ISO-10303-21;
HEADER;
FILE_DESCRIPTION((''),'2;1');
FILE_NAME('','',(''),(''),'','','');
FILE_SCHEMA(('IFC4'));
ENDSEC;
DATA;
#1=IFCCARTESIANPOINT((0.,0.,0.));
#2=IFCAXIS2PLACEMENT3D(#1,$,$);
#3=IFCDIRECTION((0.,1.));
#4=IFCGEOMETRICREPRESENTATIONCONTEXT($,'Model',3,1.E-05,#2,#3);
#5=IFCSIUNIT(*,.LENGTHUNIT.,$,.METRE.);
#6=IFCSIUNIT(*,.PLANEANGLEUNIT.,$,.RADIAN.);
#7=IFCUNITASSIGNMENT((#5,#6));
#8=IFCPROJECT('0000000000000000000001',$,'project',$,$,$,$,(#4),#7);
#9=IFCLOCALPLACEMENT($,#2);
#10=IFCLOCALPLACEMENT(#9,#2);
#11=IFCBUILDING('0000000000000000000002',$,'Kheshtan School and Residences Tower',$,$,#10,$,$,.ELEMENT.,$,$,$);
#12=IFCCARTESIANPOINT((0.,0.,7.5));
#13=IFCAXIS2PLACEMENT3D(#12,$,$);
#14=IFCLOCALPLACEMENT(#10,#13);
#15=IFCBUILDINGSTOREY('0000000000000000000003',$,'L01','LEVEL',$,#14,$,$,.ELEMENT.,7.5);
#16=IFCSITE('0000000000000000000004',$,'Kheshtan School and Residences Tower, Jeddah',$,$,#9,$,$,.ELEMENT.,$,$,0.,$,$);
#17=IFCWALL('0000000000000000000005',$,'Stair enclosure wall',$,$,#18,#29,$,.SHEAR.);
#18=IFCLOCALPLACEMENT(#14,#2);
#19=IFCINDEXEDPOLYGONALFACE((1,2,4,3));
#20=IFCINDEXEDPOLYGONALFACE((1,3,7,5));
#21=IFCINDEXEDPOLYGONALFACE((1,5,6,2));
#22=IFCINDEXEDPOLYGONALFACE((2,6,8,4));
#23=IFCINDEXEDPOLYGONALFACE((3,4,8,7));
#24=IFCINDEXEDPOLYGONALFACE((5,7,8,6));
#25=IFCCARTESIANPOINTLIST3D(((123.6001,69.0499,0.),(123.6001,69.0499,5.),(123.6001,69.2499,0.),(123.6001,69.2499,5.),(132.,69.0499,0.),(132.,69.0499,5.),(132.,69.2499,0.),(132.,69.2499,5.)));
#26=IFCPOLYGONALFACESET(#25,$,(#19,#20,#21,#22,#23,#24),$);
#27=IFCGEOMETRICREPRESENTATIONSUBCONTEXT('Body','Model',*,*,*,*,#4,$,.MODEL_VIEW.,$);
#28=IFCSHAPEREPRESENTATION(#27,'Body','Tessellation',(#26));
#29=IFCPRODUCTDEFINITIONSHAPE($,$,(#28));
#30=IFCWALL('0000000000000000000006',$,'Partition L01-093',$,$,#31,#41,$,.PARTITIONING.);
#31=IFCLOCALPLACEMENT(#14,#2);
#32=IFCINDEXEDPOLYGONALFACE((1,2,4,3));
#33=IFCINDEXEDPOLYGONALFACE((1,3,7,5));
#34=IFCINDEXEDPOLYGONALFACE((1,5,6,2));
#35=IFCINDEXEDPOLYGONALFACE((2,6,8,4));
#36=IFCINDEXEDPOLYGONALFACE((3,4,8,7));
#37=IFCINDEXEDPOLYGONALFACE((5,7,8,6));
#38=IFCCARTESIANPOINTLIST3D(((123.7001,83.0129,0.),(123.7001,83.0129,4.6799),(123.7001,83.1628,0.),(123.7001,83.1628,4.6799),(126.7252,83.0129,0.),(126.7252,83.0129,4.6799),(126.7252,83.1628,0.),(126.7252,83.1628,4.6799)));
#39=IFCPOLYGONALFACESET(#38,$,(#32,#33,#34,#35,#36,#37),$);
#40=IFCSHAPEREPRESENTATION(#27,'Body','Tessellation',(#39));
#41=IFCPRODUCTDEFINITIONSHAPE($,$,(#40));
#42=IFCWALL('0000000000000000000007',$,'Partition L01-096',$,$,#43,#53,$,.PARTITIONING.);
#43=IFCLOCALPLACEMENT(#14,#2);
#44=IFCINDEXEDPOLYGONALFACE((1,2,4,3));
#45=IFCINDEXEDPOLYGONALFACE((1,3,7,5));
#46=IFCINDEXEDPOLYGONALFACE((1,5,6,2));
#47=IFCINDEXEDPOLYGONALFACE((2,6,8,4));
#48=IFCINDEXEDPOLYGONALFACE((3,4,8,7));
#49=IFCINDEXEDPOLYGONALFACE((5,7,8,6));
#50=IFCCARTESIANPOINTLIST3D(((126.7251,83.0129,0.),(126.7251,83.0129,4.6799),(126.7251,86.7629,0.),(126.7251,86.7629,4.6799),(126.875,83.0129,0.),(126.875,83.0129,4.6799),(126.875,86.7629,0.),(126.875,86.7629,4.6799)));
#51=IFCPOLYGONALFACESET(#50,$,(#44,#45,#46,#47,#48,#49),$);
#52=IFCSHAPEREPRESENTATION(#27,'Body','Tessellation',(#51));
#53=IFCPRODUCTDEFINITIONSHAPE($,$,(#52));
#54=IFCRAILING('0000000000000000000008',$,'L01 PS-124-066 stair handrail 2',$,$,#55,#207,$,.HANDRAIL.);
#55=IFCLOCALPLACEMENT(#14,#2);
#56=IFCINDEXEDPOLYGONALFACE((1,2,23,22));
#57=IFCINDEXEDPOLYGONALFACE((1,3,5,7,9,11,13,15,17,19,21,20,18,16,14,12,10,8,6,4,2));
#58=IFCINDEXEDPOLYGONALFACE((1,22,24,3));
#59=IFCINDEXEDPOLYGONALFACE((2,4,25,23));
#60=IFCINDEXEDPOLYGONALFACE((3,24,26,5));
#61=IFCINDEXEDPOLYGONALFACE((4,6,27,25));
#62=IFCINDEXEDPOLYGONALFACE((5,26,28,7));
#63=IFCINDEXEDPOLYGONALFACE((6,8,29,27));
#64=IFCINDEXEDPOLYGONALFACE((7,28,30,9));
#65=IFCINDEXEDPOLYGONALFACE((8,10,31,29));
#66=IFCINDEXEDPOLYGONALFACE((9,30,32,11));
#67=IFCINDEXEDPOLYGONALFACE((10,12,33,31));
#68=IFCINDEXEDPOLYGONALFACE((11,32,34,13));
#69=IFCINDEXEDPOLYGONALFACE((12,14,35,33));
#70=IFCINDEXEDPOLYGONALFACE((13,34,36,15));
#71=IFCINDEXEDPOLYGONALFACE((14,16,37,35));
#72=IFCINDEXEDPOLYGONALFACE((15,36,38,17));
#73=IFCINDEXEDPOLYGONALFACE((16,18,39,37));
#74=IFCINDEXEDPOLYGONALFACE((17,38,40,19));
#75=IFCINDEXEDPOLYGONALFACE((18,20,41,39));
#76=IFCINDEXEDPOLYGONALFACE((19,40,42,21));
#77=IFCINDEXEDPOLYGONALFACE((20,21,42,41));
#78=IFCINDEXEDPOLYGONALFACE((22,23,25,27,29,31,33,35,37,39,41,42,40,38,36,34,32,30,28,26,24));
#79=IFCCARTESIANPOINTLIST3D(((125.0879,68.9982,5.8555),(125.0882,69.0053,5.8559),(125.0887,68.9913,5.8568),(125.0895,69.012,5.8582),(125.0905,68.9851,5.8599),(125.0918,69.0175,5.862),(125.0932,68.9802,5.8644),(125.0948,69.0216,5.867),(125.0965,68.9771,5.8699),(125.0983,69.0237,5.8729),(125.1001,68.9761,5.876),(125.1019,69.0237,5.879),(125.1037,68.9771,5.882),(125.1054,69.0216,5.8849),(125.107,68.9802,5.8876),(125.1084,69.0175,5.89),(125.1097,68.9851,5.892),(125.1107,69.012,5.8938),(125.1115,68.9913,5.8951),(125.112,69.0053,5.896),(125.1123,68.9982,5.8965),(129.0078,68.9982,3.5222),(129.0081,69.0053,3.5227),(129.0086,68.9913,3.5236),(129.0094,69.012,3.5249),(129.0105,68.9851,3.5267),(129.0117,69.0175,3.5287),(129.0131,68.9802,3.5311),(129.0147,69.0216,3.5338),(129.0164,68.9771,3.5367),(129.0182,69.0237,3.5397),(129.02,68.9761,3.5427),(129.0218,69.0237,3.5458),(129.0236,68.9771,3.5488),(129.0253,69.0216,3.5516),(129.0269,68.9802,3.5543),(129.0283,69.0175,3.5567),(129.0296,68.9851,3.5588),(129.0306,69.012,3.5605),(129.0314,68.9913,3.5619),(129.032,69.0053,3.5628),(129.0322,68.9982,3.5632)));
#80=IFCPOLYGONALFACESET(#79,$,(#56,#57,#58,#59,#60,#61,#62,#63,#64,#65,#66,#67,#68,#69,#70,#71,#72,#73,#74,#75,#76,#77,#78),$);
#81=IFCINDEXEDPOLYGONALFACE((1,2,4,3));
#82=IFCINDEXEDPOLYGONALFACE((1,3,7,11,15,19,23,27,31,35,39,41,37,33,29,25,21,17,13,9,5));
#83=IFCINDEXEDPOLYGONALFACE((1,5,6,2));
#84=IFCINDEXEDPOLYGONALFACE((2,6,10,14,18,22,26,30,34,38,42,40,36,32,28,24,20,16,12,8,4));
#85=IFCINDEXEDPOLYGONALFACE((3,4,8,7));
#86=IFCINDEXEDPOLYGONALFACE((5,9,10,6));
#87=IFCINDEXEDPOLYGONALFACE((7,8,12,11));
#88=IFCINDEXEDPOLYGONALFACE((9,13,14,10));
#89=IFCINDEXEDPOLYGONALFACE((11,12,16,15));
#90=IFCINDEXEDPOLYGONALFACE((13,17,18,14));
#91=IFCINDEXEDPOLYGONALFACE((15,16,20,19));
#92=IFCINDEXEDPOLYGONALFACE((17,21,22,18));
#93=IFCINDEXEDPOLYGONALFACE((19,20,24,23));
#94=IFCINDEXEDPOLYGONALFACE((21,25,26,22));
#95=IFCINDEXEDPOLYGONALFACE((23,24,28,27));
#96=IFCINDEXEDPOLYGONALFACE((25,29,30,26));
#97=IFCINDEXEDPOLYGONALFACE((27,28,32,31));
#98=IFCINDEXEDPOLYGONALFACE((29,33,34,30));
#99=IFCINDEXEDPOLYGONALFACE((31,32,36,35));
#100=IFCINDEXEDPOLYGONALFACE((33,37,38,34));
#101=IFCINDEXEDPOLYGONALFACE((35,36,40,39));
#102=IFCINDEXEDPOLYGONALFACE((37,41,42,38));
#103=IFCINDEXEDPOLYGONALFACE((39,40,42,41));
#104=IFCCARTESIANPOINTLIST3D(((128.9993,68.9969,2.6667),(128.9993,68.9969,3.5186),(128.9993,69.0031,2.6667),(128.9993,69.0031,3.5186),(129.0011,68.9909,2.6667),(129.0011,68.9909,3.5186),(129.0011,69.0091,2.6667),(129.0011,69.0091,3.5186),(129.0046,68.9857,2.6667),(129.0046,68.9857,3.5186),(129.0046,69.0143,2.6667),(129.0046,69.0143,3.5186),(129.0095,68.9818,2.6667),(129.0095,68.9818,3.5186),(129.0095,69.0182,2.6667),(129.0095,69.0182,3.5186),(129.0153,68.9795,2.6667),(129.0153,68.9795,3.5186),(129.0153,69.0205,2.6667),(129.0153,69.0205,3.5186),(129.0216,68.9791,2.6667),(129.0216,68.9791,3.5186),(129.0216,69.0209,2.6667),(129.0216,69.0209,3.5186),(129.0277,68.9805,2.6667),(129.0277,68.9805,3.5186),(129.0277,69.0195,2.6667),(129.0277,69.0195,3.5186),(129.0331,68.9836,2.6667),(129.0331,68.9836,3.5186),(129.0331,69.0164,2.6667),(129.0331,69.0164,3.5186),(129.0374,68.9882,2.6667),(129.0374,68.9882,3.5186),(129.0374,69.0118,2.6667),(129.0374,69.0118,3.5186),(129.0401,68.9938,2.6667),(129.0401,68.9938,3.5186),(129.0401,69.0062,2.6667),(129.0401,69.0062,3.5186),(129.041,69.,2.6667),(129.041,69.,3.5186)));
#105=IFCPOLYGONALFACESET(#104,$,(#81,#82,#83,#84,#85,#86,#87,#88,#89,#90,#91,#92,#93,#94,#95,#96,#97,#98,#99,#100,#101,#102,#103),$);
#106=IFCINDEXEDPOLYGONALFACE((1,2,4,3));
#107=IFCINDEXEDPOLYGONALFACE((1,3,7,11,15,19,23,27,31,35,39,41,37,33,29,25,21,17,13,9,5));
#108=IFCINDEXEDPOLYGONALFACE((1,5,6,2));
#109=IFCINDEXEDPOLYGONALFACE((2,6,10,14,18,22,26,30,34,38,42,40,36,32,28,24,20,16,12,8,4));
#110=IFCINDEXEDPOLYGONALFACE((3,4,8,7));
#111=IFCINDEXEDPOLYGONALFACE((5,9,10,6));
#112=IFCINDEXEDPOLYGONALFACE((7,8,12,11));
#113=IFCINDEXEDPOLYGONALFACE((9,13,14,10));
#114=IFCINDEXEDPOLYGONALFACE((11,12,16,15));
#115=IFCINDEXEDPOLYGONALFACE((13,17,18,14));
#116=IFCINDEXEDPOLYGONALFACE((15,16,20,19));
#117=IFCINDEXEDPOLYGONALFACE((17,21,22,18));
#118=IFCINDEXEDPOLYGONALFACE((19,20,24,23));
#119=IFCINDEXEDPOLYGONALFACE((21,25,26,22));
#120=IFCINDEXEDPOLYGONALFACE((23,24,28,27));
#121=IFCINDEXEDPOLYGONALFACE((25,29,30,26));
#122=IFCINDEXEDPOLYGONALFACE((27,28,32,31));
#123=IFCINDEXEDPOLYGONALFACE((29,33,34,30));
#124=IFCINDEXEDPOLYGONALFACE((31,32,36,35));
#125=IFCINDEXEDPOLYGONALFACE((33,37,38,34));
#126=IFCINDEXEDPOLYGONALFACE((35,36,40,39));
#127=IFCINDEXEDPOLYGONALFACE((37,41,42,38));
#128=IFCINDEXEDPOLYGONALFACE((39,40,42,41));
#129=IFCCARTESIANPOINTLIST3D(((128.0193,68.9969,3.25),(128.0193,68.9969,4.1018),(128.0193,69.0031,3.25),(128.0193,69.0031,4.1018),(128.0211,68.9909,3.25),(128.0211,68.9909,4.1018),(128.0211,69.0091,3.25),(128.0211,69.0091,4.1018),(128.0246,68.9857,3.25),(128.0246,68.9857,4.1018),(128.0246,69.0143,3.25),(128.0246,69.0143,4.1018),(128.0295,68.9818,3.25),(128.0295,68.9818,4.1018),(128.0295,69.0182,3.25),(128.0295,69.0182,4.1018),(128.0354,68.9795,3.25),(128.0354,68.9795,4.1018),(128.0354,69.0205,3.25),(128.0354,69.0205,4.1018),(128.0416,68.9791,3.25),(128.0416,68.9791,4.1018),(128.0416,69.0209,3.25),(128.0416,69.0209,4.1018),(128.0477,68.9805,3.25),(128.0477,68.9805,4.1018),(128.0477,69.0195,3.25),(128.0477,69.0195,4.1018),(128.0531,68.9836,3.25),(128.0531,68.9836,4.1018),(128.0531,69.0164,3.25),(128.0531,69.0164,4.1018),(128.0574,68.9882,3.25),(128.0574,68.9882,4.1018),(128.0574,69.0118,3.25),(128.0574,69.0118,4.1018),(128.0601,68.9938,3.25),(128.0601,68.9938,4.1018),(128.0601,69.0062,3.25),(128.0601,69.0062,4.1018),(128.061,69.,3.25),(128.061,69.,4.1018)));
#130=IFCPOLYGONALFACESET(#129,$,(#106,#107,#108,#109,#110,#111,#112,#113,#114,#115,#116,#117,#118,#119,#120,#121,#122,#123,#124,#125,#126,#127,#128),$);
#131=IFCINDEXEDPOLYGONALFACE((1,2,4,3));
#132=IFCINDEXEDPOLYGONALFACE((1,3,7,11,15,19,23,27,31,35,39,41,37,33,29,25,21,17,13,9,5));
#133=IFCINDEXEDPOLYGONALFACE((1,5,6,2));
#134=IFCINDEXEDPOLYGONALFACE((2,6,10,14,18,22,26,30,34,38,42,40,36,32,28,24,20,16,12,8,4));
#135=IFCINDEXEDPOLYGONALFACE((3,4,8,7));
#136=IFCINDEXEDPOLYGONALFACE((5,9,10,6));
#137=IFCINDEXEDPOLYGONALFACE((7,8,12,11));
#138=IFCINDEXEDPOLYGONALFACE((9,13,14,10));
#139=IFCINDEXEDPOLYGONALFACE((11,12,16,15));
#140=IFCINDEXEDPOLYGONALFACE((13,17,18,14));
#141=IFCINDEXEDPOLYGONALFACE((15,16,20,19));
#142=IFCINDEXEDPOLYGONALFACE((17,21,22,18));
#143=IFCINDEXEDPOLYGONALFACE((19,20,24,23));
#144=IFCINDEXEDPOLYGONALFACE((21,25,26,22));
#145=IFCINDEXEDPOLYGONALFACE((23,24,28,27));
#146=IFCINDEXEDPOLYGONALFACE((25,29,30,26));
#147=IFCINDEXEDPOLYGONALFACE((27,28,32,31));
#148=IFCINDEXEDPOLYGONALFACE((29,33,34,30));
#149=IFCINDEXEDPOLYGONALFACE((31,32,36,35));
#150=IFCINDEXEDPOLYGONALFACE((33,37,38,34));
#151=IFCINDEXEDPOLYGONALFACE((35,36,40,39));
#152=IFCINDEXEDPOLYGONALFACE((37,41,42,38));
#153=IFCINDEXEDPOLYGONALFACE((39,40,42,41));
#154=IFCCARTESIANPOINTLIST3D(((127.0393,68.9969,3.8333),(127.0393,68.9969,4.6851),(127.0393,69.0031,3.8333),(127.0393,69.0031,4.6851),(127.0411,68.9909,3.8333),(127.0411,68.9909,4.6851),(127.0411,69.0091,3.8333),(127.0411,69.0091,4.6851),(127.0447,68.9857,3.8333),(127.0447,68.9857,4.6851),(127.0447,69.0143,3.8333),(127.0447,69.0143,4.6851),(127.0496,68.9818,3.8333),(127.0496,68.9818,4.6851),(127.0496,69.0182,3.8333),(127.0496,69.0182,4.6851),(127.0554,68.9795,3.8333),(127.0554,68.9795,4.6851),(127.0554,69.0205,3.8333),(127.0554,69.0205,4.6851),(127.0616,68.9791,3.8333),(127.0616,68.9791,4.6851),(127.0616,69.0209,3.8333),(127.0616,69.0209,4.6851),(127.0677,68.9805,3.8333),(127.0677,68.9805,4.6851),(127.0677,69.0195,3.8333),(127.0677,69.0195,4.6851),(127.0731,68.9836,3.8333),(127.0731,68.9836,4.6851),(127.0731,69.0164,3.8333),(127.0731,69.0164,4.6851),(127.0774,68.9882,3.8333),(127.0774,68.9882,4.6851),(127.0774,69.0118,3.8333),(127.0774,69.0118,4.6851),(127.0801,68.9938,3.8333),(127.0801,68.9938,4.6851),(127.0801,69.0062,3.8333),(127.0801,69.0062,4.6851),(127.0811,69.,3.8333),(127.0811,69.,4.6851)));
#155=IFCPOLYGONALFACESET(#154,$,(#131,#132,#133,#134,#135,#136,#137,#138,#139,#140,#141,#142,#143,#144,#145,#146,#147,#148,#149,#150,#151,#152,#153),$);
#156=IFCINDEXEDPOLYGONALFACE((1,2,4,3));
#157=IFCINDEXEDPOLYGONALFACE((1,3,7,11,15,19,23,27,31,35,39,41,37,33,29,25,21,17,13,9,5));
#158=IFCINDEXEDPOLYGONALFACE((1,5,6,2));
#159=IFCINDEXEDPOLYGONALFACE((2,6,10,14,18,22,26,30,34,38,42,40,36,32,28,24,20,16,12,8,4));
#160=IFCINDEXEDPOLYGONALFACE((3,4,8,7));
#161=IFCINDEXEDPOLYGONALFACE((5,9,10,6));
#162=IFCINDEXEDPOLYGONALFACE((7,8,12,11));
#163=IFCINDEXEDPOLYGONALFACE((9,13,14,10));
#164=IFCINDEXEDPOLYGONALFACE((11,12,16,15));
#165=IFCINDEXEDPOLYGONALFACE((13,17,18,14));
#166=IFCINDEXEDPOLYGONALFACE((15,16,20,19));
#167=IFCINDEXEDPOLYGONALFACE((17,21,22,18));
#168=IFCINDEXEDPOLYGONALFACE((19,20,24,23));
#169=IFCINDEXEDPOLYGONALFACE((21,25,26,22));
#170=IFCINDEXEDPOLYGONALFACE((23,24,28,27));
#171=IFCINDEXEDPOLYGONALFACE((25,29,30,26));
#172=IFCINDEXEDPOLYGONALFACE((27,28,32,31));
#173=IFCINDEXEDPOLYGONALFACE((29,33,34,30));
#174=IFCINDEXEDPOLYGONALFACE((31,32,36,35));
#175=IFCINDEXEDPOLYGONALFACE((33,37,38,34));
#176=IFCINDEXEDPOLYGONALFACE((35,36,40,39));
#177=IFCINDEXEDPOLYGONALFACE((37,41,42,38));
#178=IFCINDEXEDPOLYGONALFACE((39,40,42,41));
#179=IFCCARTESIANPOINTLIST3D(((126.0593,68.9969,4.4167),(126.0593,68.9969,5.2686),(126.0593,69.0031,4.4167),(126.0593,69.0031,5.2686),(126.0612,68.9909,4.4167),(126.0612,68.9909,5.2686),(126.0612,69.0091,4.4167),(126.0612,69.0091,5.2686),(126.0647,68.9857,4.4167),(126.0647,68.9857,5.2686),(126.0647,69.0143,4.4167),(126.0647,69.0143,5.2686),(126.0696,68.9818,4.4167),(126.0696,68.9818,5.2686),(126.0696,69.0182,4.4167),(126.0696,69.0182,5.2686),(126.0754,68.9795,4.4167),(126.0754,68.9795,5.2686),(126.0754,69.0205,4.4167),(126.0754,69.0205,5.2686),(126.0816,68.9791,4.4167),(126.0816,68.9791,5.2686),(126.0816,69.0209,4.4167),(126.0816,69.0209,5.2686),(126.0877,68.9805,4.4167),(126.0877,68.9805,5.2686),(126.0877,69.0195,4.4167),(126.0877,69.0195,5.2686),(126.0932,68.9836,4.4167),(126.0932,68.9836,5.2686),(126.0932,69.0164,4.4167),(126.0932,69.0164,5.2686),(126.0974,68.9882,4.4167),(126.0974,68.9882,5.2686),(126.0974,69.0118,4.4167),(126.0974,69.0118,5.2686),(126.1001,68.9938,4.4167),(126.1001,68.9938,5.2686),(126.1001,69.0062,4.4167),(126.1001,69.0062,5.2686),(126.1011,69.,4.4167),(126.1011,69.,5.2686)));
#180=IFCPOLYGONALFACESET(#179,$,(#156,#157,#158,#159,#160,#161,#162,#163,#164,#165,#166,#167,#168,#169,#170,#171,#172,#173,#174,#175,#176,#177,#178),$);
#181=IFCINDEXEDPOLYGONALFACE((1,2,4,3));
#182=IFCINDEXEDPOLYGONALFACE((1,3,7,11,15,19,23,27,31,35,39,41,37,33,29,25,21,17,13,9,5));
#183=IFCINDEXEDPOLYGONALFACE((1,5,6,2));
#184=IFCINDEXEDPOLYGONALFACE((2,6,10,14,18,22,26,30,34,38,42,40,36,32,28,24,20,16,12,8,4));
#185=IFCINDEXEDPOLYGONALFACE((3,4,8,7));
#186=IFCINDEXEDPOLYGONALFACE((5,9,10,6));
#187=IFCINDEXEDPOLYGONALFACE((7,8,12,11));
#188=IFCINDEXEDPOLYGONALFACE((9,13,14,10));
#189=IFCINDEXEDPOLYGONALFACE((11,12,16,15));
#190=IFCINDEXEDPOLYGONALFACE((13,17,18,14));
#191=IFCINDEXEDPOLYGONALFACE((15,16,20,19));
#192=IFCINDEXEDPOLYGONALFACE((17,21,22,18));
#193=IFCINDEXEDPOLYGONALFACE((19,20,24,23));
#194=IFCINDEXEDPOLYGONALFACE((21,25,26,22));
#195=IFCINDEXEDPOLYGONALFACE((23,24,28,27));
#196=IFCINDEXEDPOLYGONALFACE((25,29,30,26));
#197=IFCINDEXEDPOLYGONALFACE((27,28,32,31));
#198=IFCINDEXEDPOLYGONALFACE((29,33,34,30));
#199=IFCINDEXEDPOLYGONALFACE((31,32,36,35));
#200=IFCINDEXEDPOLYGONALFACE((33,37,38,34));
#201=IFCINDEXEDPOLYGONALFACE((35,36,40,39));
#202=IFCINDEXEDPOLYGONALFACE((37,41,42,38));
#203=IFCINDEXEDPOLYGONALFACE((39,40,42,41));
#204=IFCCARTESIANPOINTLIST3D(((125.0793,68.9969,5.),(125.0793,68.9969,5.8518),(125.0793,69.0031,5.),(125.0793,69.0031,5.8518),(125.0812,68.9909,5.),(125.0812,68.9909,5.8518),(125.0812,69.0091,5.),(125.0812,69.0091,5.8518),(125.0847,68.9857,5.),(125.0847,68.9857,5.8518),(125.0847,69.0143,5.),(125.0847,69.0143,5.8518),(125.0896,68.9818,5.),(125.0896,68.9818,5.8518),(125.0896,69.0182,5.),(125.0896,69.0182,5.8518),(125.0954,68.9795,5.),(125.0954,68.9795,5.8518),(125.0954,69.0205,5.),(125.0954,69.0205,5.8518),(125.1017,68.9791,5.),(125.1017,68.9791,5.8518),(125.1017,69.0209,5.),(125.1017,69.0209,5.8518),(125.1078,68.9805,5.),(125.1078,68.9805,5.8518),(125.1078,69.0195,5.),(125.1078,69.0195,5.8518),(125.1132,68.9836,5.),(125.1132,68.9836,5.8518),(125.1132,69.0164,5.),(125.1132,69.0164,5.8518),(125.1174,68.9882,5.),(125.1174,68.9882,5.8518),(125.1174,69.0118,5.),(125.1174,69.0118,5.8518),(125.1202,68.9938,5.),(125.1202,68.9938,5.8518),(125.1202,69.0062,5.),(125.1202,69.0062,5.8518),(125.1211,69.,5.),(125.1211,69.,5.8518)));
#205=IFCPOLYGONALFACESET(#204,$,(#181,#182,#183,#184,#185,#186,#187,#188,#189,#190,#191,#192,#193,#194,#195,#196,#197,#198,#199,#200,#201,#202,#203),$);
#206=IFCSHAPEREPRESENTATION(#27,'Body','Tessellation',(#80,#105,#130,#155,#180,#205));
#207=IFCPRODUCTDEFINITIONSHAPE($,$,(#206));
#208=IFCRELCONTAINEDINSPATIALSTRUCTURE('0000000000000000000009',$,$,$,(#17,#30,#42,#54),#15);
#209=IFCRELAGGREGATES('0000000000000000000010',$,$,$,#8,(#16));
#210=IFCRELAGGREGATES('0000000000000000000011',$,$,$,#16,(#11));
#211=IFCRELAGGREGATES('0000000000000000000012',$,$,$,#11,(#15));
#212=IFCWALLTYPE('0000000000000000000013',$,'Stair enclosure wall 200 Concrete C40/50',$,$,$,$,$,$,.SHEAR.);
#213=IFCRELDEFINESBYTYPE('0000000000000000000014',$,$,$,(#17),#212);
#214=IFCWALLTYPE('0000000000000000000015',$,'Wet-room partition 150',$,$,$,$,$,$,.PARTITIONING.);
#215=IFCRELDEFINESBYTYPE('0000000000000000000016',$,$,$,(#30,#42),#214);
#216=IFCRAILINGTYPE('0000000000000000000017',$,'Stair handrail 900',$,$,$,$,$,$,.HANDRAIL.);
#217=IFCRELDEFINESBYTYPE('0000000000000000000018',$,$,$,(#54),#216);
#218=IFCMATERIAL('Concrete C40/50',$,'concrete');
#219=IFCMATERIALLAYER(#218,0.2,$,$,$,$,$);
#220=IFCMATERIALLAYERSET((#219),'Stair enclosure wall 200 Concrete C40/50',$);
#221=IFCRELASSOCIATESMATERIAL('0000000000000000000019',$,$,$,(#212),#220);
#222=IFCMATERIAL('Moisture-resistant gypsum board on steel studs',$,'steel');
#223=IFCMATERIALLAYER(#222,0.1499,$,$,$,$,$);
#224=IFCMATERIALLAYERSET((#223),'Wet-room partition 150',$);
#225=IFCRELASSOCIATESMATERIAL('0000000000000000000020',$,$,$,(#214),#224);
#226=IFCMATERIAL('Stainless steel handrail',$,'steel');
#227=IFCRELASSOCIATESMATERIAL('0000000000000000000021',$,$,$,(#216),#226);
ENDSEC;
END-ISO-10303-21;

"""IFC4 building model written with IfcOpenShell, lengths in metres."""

from ifc_helpers import new_model, si_unit, direction, frame, frame_2d, origin, origin_2d, place, context, subcontext, project, spatial, rectangle, circle, extrude, material, layer, layer_set, type_object, element, save


model = new_model("IFC4")

# Units and contexts
model_context = context("Model", 3, precision=1e-05, world=origin(), true_north=direction((0.0, 1.0)))
body_context = subcontext(model_context, "Body", "Model", "MODEL_VIEW")
ifc_project = project(units=[si_unit("LENGTHUNIT", "METRE"), si_unit("PLANEANGLEUNIT", "RADIAN")], contexts=[model_context])

# Site, building, storey
site_placement = place(None, origin())
site = spatial("IfcSite", under=ifc_project, at=site_placement, Name="Kheshtan School and Residences Tower, Jeddah", CompositionType="ELEMENT", RefElevation=0.0)
building_placement = place(site_placement, origin())
building = spatial("IfcBuilding", under=site, at=building_placement, Name="Kheshtan School and Residences Tower", CompositionType="ELEMENT")
storey_placement = place(building_placement, frame((0.0, 0.0, 7.5)))
storey = spatial("IfcBuildingStorey", under=building, at=storey_placement, Name="L01", Description="LEVEL", CompositionType="ELEMENT", Elevation=7.5)

# Walls
ifc_material_1 = material(Name="Concrete C40/50", Category="concrete")
ifc_layer_1 = layer(ifc_material_1, 0.2)
ifc_layer_set_1 = layer_set([ifc_layer_1], Name="Stair enclosure wall 200 Concrete C40/50")
wall_type_1 = type_object("IfcWallType", Name="Stair enclosure wall 200 Concrete C40/50", PredefinedType="SHEAR", material=ifc_layer_set_1)
wall_1_placement = place(storey_placement, frame((123.6001, 69.1499, 0.0), z_axis=(0.0, 0.0, 1.0), x_axis=(1.0, 0.0, 0.0)))
element("IfcWall", 1, at=wall_1_placement, inside=storey, type_object=wall_type_1, Name="Stair enclosure wall", PredefinedType="SHEAR", context=body_context, shape_type="SweptSolid", body=[
    extrude(rectangle(XDim=8.3999, YDim=0.2, at=frame_2d((4.2, 0.0))), origin(), (0.0, 0.0, 1.0), 5.0),
])
ifc_material_2 = material(Name="Moisture-resistant gypsum board on steel studs", Category="steel")
ifc_layer_2 = layer(ifc_material_2, 0.1499)
ifc_layer_set_2 = layer_set([ifc_layer_2], Name="Wet-room partition 150")
wall_type_2 = type_object("IfcWallType", Name="Wet-room partition 150", PredefinedType="PARTITIONING", material=ifc_layer_set_2)
wall_2_placement = place(storey_placement, frame((123.7, 83.0879, 0.0), z_axis=(0.0, 0.0, 1.0), x_axis=(1.0, 0.0, 0.0)))
element("IfcWall", 2, at=wall_2_placement, inside=storey, type_object=wall_type_2, Name="Partition L01-093", PredefinedType="PARTITIONING", context=body_context, shape_type="SweptSolid", body=[
    extrude(rectangle(XDim=3.0251, YDim=0.1499, at=frame_2d((1.5127, 0.0))), origin(), (0.0, 0.0, 1.0), 4.6799),
])
wall_3_placement = place(storey_placement, frame((126.8, 83.0129, 0.0), z_axis=(0.0, 0.0, 1.0), x_axis=(0.0, 1.0, 0.0)))
element("IfcWall", 3, at=wall_3_placement, inside=storey, type_object=wall_type_2, Name="Partition L01-096", PredefinedType="PARTITIONING", context=body_context, shape_type="SweptSolid", body=[
    extrude(rectangle(XDim=3.75, YDim=0.1499, at=frame_2d((1.875, 0.0))), origin(), (0.0, 0.0, 1.0), 4.6799),
])

# Railing
ifc_material_3 = material(Name="Stainless steel handrail", Category="steel")
railing_type = type_object("IfcRailingType", Name="Stair handrail 900", PredefinedType="HANDRAIL", material=ifc_material_3)
railing_placement = place(storey_placement, frame((129.02, 69.0, 2.6667)))
element("IfcRailing", 4, at=railing_placement, inside=storey, type_object=railing_type, Name="L01 PS-124-066 stair handrail 2", PredefinedType="HANDRAIL", context=body_context, shape_type="SweptSolid", body=[
    extrude(circle(Radius=0.0239, at=origin_2d()), frame((0.0, 0.0, 0.876), z_axis=(-0.859296, 0.0, 0.511478), x_axis=(0.0, -1.0, 0.0)), (0.0, 0.0, 1.0), 4.5618),
    extrude(circle(Radius=0.021, at=origin_2d()), origin(), (0.0, 0.0, 1.0), 0.8518),
    extrude(circle(Radius=0.021, at=origin_2d()), frame((-0.98, 0.0, 0.5833)), (0.0, 0.0, 1.0), 0.8518),
    extrude(circle(Radius=0.021, at=origin_2d()), frame((-1.96, 0.0, 1.1665)), (0.0, 0.0, 1.0), 0.8518),
    extrude(circle(Radius=0.021, at=origin_2d()), frame((-2.9399, 0.0, 1.75)), (0.0, 0.0, 1.0), 0.8518),
    extrude(circle(Radius=0.021, at=origin_2d()), frame((-3.9199, 0.0, 2.3333)), (0.0, 0.0, 1.0), 0.8518),
])

save(model, "model.ifc")
